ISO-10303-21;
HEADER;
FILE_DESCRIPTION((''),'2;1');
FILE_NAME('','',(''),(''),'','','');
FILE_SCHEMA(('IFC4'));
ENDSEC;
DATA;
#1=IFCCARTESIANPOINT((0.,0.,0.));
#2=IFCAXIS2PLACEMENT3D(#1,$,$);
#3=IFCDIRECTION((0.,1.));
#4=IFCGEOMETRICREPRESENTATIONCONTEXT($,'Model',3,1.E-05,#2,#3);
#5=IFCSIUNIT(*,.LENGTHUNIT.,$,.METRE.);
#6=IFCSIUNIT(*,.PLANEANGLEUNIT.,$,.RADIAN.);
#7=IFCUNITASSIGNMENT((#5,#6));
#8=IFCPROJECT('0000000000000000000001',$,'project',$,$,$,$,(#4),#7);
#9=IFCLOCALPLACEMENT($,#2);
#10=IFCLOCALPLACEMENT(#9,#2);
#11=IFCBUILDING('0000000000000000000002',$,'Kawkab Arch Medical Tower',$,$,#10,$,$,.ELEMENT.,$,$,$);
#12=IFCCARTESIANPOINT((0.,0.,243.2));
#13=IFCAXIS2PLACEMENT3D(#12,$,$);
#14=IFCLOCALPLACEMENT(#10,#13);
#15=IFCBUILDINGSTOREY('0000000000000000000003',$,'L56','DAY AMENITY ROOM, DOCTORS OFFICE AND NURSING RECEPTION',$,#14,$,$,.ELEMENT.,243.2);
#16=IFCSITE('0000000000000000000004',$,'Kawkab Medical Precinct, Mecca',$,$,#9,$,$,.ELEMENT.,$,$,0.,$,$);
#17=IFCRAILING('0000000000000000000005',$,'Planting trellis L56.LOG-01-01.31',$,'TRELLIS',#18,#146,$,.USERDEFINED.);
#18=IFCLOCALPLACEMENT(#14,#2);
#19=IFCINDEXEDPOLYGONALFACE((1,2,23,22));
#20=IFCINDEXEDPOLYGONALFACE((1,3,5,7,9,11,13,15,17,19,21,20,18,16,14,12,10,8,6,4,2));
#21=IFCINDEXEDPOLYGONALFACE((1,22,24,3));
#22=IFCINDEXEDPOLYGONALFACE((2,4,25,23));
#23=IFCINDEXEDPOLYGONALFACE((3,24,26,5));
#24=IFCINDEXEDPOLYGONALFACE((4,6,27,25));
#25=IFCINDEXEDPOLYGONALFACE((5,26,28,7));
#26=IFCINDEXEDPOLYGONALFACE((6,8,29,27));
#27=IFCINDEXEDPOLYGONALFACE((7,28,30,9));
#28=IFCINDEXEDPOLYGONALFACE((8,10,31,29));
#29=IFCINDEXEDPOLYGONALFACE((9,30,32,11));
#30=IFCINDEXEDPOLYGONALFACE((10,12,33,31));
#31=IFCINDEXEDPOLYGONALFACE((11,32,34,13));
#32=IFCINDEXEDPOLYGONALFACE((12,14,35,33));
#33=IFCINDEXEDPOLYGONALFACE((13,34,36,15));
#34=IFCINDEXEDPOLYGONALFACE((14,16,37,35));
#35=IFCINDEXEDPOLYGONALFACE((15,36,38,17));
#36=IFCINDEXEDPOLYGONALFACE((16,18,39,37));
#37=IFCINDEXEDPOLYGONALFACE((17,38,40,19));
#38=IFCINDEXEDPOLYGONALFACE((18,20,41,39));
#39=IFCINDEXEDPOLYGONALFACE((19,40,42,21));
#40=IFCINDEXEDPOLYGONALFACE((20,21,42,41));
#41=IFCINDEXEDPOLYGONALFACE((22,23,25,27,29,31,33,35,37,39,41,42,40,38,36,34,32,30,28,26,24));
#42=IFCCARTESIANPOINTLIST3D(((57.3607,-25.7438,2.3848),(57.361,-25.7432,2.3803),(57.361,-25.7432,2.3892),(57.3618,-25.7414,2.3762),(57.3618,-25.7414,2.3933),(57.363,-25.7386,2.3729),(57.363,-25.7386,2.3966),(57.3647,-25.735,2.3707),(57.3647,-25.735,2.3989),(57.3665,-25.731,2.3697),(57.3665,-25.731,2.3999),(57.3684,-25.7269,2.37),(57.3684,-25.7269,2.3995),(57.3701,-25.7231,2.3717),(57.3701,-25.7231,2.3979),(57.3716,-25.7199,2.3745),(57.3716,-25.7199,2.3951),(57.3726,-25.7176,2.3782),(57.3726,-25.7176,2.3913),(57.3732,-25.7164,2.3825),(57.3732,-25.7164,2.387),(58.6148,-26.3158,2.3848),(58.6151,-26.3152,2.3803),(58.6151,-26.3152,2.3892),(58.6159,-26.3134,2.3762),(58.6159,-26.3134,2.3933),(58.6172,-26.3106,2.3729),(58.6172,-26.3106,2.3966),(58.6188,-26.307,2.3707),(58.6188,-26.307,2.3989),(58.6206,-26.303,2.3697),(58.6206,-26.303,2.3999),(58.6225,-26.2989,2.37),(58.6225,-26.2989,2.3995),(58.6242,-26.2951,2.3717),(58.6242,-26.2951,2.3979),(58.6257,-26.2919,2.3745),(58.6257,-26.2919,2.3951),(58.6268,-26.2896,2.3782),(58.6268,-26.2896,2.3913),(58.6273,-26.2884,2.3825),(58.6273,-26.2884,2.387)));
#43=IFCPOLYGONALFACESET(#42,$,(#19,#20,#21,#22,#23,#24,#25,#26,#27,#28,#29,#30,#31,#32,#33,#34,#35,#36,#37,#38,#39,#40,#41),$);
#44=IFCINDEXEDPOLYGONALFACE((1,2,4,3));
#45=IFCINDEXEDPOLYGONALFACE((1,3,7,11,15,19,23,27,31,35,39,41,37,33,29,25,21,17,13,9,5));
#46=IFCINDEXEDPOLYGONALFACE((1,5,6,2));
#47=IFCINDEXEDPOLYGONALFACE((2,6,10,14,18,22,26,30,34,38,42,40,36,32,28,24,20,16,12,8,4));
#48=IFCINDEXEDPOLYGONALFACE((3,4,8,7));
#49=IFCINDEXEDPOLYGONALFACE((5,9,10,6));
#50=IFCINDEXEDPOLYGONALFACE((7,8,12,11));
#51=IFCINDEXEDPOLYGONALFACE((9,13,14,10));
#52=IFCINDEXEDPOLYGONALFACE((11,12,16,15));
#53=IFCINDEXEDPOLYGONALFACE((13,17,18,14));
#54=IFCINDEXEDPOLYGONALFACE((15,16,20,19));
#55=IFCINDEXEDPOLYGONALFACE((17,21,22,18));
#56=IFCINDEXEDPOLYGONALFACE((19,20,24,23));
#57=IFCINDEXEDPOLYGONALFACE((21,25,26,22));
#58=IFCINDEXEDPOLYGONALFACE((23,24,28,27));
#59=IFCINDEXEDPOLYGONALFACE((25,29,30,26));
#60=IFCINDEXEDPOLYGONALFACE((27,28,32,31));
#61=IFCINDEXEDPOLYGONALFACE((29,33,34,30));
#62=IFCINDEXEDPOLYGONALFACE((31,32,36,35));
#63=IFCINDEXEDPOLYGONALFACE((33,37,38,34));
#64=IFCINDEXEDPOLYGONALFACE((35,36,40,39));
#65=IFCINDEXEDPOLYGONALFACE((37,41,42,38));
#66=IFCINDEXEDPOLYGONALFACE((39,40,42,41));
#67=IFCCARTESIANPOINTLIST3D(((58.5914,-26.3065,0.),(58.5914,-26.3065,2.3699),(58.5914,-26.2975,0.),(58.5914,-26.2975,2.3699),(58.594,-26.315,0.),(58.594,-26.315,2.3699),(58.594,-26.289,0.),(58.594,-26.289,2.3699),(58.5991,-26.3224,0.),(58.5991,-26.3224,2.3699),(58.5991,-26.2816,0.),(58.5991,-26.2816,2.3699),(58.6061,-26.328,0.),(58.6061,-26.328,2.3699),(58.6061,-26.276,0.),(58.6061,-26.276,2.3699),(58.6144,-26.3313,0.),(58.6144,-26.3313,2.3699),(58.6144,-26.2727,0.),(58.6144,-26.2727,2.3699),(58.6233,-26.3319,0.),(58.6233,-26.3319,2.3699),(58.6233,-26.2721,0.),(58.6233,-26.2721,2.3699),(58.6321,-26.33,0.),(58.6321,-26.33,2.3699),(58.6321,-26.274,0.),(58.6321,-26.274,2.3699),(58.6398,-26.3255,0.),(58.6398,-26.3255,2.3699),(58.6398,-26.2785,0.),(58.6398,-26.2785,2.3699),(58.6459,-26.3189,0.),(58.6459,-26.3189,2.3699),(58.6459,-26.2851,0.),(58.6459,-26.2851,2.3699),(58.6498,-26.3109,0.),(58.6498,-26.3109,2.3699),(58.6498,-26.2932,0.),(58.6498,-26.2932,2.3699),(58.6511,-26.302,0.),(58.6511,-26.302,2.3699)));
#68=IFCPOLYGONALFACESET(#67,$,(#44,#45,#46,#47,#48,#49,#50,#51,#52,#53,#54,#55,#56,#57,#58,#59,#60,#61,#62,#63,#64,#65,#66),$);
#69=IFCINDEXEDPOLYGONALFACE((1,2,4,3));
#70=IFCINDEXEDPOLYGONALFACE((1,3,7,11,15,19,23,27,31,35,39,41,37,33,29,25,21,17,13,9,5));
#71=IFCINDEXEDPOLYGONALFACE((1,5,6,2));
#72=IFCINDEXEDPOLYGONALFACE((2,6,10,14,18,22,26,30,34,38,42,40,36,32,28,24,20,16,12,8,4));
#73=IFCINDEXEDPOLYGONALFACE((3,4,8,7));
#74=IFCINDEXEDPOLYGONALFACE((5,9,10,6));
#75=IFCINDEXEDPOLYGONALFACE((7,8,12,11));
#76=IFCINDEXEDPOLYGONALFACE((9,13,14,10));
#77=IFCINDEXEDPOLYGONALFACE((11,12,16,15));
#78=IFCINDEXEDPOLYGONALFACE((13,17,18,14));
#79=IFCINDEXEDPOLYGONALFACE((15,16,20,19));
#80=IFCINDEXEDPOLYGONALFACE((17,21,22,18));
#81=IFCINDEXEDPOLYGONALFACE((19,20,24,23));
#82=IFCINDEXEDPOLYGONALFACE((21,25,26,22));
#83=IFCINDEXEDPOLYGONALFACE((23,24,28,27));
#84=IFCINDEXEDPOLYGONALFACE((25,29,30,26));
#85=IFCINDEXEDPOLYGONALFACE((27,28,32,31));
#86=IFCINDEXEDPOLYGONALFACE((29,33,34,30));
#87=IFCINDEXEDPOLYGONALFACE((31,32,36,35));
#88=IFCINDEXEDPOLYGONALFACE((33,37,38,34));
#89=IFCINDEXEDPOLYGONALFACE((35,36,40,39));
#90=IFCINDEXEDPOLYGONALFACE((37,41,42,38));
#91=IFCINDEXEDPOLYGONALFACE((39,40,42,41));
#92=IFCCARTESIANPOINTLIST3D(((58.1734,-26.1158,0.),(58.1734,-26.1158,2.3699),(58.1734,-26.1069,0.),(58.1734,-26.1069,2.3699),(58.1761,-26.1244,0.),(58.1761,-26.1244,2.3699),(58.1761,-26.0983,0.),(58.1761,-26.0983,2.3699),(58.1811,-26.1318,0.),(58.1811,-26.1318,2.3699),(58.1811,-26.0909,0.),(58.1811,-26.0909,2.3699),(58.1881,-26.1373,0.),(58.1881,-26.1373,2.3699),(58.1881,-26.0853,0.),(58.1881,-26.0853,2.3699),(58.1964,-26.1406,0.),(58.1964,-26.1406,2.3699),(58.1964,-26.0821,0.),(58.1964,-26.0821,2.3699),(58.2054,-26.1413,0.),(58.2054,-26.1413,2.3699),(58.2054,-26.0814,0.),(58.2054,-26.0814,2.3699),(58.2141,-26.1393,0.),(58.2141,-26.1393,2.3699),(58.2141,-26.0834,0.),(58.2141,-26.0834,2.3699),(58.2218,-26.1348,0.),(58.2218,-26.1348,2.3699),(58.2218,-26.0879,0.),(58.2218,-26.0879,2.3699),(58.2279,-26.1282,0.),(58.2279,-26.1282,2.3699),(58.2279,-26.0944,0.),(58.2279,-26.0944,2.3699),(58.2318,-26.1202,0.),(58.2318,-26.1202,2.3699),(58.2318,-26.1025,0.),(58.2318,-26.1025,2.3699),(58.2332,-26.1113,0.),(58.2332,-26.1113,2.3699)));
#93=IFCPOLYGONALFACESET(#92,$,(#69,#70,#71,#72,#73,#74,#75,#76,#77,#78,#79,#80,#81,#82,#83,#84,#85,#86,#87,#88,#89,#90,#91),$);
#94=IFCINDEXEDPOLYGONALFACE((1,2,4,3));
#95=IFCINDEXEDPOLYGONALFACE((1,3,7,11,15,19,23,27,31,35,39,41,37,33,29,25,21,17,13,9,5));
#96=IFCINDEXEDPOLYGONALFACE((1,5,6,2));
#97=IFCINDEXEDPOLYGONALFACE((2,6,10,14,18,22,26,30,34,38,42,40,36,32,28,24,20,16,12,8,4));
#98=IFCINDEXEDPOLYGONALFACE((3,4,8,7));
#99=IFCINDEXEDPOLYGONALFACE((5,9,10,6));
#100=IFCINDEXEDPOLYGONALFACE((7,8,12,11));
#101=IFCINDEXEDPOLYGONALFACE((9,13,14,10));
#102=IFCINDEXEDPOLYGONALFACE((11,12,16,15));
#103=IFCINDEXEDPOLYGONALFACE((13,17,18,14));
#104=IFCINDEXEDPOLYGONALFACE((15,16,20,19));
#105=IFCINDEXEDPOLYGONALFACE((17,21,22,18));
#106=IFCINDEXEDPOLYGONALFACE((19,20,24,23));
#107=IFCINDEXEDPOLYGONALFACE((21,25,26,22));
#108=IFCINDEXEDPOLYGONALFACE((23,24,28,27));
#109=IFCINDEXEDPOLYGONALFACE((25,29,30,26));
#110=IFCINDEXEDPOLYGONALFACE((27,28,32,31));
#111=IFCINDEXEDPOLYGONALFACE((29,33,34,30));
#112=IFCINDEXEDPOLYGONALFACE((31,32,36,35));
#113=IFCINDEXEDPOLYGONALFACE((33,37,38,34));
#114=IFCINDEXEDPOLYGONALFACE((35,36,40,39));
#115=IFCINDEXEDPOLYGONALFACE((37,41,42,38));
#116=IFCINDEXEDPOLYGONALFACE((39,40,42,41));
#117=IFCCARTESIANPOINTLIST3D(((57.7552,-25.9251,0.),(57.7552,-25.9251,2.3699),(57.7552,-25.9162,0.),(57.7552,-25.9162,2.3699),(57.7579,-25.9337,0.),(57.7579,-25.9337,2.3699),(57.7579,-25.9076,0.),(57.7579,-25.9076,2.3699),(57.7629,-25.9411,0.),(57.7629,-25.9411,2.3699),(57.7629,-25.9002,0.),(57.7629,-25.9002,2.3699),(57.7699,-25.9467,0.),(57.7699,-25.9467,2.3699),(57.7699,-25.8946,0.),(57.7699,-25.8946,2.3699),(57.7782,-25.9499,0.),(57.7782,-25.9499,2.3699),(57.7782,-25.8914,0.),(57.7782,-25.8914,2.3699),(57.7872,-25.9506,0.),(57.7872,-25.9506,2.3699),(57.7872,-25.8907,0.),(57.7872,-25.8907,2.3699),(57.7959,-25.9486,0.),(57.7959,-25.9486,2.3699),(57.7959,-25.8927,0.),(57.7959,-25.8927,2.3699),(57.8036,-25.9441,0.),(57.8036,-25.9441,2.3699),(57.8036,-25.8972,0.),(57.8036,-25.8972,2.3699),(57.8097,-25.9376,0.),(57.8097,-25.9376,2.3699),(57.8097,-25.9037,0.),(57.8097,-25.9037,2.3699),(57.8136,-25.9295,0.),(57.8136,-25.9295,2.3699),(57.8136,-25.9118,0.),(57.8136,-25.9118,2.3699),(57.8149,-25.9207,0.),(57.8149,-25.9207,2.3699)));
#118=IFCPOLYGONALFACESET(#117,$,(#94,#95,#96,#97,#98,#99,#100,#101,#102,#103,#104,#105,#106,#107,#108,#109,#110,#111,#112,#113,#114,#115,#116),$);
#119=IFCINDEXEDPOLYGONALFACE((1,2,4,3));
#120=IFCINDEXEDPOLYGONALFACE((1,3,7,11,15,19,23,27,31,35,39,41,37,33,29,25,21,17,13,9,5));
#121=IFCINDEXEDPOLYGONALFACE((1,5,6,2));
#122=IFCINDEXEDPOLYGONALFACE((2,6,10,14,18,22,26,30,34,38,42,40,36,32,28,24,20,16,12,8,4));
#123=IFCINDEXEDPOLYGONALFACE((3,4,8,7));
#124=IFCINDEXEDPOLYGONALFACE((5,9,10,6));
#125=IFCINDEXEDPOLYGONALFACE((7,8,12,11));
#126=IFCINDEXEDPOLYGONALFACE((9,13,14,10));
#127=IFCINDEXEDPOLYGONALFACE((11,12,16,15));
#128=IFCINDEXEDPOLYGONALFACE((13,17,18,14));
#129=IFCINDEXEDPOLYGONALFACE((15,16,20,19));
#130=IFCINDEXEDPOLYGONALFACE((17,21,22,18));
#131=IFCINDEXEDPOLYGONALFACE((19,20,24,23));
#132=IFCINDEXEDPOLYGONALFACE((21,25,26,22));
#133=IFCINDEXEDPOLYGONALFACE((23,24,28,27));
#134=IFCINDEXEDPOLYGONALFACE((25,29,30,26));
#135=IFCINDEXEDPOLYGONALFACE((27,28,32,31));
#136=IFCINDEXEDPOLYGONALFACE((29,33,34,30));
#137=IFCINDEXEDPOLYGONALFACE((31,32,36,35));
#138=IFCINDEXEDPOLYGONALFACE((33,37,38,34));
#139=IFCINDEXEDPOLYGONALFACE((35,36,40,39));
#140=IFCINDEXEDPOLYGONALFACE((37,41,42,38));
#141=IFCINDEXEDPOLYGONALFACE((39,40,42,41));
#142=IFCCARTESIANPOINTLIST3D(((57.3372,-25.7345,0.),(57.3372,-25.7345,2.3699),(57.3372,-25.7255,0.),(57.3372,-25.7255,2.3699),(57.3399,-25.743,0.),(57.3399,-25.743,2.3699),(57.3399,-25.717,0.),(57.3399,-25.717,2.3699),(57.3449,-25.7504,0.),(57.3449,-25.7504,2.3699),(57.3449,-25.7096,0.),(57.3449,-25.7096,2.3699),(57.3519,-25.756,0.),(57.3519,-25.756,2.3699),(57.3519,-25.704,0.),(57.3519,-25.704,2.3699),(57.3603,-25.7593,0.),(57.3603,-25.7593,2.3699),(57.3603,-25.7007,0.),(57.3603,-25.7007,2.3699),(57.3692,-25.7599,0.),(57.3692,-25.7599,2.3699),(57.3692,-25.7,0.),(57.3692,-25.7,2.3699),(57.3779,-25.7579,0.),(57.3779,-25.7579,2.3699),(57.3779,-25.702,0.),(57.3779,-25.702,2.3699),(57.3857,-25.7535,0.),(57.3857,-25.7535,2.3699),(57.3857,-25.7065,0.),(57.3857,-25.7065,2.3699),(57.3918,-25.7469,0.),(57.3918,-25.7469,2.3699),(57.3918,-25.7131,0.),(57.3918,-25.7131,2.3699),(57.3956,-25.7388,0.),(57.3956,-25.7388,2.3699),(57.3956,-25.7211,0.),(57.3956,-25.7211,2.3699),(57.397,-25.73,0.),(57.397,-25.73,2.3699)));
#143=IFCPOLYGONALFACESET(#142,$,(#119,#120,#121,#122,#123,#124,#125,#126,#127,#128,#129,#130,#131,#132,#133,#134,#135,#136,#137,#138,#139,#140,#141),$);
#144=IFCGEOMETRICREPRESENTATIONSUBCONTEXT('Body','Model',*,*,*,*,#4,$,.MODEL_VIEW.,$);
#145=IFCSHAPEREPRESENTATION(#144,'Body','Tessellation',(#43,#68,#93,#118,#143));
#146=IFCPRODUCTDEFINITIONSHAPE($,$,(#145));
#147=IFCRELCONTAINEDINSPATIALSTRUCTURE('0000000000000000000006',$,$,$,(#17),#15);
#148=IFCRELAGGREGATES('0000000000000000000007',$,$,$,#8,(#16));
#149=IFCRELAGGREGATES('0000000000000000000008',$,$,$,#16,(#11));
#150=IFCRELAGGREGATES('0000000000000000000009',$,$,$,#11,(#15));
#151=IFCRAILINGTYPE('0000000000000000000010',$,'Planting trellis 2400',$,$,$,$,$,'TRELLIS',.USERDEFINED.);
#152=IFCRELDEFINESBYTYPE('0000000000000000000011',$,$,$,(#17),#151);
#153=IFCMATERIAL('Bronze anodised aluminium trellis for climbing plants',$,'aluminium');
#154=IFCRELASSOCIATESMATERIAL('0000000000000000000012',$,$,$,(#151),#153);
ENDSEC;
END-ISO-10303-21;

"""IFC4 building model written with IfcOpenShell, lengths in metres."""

from ifc_helpers import new_model, si_unit, direction, frame, origin, origin_2d, place, context, subcontext, project, spatial, circle, extrude, material, type_object, element, save


model = new_model("IFC4")

# Units and contexts
model_context = context("Model", 3, precision=1e-05, world=origin(), true_north=direction((0.0, 1.0)))
body_context = subcontext(model_context, "Body", "Model", "MODEL_VIEW")
ifc_project = project(units=[si_unit("LENGTHUNIT", "METRE"), si_unit("PLANEANGLEUNIT", "RADIAN")], contexts=[model_context])

# Site, building, storey
site_placement = place(None, origin())
site = spatial("IfcSite", under=ifc_project, at=site_placement, Name="Kawkab Medical Precinct, Mecca", CompositionType="ELEMENT", RefElevation=0.0)
building_placement = place(site_placement, origin())
building = spatial("IfcBuilding", under=site, at=building_placement, Name="Kawkab Arch Medical Tower", CompositionType="ELEMENT")
storey_placement = place(building_placement, frame((0.0, 0.0, 243.2)))
storey = spatial("IfcBuildingStorey", under=building, at=storey_placement, Name="L56", Description="DAY AMENITY ROOM, DOCTORS OFFICE AND NURSING RECEPTION", CompositionType="ELEMENT", Elevation=243.2)

# Railing
ifc_material_1 = material(Name="Bronze anodised aluminium trellis for climbing plants", Category="aluminium")
railing_type = type_object("IfcRailingType", Name="Planting trellis 2400", ElementType="TRELLIS", PredefinedType="USERDEFINED", material=ifc_material_1)
railing_1_placement = place(storey_placement, frame((58.6211, -26.302, 0.0)))
element("IfcRailing", 1, at=railing_1_placement, inside=storey, type_object=railing_type, Name="Planting trellis L56.LOG-01-01.31", ObjectType="TRELLIS", PredefinedType="USERDEFINED", context=body_context, shape_type="SweptSolid", body=[
    extrude(circle(Radius=0.0151, at=origin_2d()), frame((0.0, 0.0, 2.3848), z_axis=(-0.909832, 0.414977, 0.0), x_axis=(-0.414977, -0.909832, 0.0)), (0.0, 0.0, 1.0), 1.3784),
    extrude(circle(Radius=0.03, at=origin_2d()), origin(), (0.0, 0.0, 1.0), 2.3699),
    extrude(circle(Radius=0.03, at=origin_2d()), frame((-0.418, 0.1907, 0.0)), (0.0, 0.0, 1.0), 2.3699),
    extrude(circle(Radius=0.03, at=origin_2d()), frame((-0.8362, 0.3813, 0.0)), (0.0, 0.0, 1.0), 2.3699),
    extrude(circle(Radius=0.03, at=origin_2d()), frame((-1.2542, 0.572, 0.0)), (0.0, 0.0, 1.0), 2.3699),
])

save(model, "model.ifc")
